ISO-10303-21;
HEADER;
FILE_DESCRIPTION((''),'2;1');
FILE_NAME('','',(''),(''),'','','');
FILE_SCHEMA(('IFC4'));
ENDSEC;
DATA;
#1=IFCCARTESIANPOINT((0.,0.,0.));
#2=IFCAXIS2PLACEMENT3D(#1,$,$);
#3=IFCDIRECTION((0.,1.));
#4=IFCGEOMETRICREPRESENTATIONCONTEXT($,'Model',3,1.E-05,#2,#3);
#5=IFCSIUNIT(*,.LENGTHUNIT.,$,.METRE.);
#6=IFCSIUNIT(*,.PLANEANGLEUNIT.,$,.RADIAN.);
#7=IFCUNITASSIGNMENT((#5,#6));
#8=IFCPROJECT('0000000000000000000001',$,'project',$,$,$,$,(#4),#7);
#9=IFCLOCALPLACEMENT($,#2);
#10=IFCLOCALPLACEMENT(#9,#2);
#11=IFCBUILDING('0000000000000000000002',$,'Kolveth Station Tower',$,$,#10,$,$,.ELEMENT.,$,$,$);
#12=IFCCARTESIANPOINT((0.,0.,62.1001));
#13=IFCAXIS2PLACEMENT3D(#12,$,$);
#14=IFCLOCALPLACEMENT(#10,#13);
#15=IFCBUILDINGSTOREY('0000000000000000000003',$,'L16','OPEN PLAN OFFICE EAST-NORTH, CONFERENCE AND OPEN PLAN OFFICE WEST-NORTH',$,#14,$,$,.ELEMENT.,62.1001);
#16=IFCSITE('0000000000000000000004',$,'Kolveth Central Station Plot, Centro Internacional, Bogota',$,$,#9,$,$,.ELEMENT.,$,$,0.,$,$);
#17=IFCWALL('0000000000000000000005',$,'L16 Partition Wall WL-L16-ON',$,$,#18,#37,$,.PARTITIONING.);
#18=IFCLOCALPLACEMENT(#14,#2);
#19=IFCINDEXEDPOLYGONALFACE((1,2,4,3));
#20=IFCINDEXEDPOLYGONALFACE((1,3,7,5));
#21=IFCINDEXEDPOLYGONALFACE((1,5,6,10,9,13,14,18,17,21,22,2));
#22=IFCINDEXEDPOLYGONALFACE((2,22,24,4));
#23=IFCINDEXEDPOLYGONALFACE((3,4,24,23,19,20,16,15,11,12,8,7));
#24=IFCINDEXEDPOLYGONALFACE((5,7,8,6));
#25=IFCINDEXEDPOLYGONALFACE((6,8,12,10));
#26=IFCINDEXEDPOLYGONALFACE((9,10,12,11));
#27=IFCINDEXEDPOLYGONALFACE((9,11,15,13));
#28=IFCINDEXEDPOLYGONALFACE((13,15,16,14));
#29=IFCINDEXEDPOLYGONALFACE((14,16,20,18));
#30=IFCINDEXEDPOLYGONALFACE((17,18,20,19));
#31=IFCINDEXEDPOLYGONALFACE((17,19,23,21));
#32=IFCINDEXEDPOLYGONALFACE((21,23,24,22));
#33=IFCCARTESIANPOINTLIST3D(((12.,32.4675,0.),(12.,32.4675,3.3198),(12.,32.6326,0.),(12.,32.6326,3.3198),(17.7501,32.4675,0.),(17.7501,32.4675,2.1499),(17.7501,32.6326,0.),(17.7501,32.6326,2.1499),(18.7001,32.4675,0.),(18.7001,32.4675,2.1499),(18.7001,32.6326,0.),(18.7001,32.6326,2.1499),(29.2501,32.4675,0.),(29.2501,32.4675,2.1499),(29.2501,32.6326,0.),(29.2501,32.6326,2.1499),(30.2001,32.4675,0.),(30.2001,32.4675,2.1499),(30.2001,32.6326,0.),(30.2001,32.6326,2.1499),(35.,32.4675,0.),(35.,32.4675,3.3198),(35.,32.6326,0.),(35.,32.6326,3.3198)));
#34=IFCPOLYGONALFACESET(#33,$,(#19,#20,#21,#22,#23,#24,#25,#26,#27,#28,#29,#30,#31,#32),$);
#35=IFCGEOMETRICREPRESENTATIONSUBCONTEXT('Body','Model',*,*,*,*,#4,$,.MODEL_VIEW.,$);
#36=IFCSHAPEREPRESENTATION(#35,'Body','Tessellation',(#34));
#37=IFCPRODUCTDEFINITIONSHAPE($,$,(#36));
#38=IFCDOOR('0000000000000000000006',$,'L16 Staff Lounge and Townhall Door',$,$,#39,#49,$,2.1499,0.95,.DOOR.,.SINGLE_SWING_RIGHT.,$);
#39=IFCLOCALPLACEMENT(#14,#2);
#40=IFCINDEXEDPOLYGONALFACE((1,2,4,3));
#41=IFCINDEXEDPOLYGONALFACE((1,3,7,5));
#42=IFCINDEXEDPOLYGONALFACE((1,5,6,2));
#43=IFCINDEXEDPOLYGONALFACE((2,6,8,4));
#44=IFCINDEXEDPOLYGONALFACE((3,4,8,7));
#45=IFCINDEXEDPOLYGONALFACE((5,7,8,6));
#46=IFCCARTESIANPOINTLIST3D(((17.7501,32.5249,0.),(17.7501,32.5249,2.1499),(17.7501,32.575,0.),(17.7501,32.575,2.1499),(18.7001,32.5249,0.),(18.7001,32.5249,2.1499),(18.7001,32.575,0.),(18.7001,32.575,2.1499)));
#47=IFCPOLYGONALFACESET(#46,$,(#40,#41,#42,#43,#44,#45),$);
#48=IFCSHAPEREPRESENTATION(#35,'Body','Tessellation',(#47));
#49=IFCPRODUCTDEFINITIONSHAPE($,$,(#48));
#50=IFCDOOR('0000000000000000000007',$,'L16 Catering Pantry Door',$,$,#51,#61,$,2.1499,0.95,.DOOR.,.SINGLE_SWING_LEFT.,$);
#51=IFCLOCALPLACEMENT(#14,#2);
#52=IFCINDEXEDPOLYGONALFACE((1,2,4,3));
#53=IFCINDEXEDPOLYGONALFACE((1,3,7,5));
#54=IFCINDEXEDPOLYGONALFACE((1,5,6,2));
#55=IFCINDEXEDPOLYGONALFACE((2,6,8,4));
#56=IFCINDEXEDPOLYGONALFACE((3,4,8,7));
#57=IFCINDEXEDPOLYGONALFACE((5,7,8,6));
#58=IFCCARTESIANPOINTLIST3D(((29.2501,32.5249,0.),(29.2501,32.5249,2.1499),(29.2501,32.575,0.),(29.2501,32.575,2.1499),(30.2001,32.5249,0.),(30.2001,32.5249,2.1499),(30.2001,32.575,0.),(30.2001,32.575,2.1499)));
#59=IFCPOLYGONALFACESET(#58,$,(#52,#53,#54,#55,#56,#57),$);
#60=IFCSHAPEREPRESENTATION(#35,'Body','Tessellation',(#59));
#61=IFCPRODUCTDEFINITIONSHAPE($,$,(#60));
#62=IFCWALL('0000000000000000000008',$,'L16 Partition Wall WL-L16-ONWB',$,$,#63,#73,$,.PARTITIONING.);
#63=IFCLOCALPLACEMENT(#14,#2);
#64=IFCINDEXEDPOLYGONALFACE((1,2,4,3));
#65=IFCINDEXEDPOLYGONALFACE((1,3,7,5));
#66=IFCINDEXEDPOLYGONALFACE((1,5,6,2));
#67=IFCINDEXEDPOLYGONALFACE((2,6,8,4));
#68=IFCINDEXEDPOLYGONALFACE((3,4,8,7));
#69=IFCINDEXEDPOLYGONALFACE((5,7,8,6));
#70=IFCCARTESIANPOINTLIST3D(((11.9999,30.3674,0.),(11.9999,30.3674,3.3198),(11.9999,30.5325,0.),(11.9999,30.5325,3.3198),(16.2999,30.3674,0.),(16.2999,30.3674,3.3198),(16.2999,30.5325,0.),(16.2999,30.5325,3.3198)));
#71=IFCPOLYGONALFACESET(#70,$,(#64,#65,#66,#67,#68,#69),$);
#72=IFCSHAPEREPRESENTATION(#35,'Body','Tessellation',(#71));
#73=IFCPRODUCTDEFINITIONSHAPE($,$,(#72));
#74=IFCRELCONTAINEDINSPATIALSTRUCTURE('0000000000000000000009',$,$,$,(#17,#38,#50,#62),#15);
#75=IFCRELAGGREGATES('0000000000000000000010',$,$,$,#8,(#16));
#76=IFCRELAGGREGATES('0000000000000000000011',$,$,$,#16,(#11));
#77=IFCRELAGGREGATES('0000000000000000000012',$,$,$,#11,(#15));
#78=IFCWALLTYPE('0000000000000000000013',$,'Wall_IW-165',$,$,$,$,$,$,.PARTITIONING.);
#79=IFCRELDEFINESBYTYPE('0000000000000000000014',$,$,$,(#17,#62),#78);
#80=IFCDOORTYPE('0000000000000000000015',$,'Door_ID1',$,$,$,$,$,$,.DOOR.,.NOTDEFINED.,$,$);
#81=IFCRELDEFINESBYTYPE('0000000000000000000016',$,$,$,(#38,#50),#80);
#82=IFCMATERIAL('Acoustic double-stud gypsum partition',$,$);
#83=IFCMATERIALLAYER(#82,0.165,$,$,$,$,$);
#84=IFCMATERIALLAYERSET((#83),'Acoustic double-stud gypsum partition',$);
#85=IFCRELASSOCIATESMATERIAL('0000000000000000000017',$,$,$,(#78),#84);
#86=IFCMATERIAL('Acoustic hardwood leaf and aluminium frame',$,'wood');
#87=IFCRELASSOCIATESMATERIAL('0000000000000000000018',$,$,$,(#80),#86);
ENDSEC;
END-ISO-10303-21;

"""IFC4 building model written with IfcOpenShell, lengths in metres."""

from ifc_helpers import new_model, si_unit, direction, frame, frame_2d, origin, place, context, subcontext, project, spatial, rectangle, extrude, material, layer, layer_set, type_object, element, fill, save


model = new_model("IFC4")

# Units and contexts
model_context = context("Model", 3, precision=1e-05, world=origin(), true_north=direction((0.0, 1.0)))
body_context = subcontext(model_context, "Body", "Model", "MODEL_VIEW")
ifc_project = project(units=[si_unit("LENGTHUNIT", "METRE"), si_unit("PLANEANGLEUNIT", "RADIAN")], contexts=[model_context])

# Site, building, storey
site_placement = place(None, origin())
site = spatial("IfcSite", under=ifc_project, at=site_placement, Name="Kolveth Central Station Plot, Centro Internacional, Bogota", CompositionType="ELEMENT", RefElevation=0.0)
building_placement = place(site_placement, origin())
building = spatial("IfcBuilding", under=site, at=building_placement, Name="Kolveth Station Tower", CompositionType="ELEMENT")
storey_placement = place(building_placement, frame((0.0, 0.0, 62.1001)))
storey = spatial("IfcBuildingStorey", under=building, at=storey_placement, Name="L16", Description="OPEN PLAN OFFICE EAST-NORTH, CONFERENCE AND OPEN PLAN OFFICE WEST-NORTH", CompositionType="ELEMENT", Elevation=62.1001)

# Wall, openings, doors
ifc_material_1 = material(Name="Acoustic double-stud gypsum partition")
ifc_layer_1 = layer(ifc_material_1, 0.165)
ifc_layer_set_1 = layer_set([ifc_layer_1], Name="Acoustic double-stud gypsum partition")
wall_type = type_object("IfcWallType", Name="Wall_IW-165", PredefinedType="PARTITIONING", material=ifc_layer_set_1)
wall_1_placement = place(storey_placement, frame((12.0, 32.55, 0.0), z_axis=(0.0, 0.0, 1.0), x_axis=(1.0, 0.0, 0.0)))
wall_1 = element("IfcWall", 1, at=wall_1_placement, inside=storey, type_object=wall_type, Name="L16 Partition Wall WL-L16-ON", PredefinedType="PARTITIONING", context=body_context, shape_type="SweptSolid", body=[
    extrude(rectangle(XDim=23.0, YDim=0.165, at=frame_2d((11.5, 0.0))), origin(), (0.0, 0.0, 1.0), 3.3198),
])
opening_1_placement = place(wall_1_placement, frame((5.75, 0.0, 0.0)))
opening_1 = element("IfcOpeningElement", 2, at=opening_1_placement, cuts=wall_1, PredefinedType="OPENING", context=body_context, shape_type="SweptSolid", body=[
    extrude(rectangle(XDim=0.95, YDim=2.1499, at=frame_2d((0.4751, 1.075))), frame((0.0, 0.0925, 0.0), z_axis=(0.0, -1.0, 0.0), x_axis=(1.0, 0.0, 0.0)), (0.0, 0.0, 1.0), 0.1851),
])
opening_2_placement = place(wall_1_placement, frame((17.25, 0.0, 0.0)))
opening_2 = element("IfcOpeningElement", 3, at=opening_2_placement, cuts=wall_1, PredefinedType="OPENING", context=body_context, shape_type="SweptSolid", body=[
    extrude(rectangle(XDim=0.95, YDim=2.1499, at=frame_2d((0.4751, 1.075))), frame((0.0, 0.0925, 0.0), z_axis=(0.0, -1.0, 0.0), x_axis=(1.0, 0.0, 0.0)), (0.0, 0.0, 1.0), 0.1851),
])
ifc_material_2 = material(Name="Acoustic hardwood leaf and aluminium frame", Category="wood")
door_type = type_object("IfcDoorType", Name="Door_ID1", OperationType="NOTDEFINED", PredefinedType="DOOR", material=ifc_material_2)
door_1_placement = place(opening_1_placement, origin())
door_1 = element("IfcDoor", 4, at=door_1_placement, inside=storey, type_object=door_type, Name="L16 Staff Lounge and Townhall Door", OperationType="SINGLE_SWING_RIGHT", OverallHeight=2.1499, OverallWidth=0.95, PredefinedType="DOOR", context=body_context, shape_type="SweptSolid", body=[
    extrude(rectangle(XDim=0.95, YDim=2.1499, at=frame_2d((0.4751, 1.075))), frame((0.0, 0.0249, 0.0), z_axis=(0.0, -1.0, 0.0), x_axis=(1.0, 0.0, 0.0)), (0.0, 0.0, 1.0), 0.05),
])
fill(opening_1, door_1)
door_2_placement = place(opening_2_placement, origin())
door_2 = element("IfcDoor", 5, at=door_2_placement, inside=storey, type_object=door_type, Name="L16 Catering Pantry Door", OperationType="SINGLE_SWING_LEFT", OverallHeight=2.1499, OverallWidth=0.95, PredefinedType="DOOR", context=body_context, shape_type="SweptSolid", body=[
    extrude(rectangle(XDim=0.95, YDim=2.1499, at=frame_2d((0.4751, 1.075))), frame((0.0, 0.0249, 0.0), z_axis=(0.0, -1.0, 0.0), x_axis=(1.0, 0.0, 0.0)), (0.0, 0.0, 1.0), 0.05),
])
fill(opening_2, door_2)

# Wall
wall_2_placement = place(storey_placement, frame((12.0, 30.45, 0.0), z_axis=(0.0, 0.0, 1.0), x_axis=(1.0, 0.0, 0.0)))
element("IfcWall", 6, at=wall_2_placement, inside=storey, type_object=wall_type, Name="L16 Partition Wall WL-L16-ONWB", PredefinedType="PARTITIONING", context=body_context, shape_type="SweptSolid", body=[
    extrude(rectangle(XDim=4.3, YDim=0.165, at=frame_2d((2.1499, 0.0))), origin(), (0.0, 0.0, 1.0), 3.3198),
])

save(model, "model.ifc")
